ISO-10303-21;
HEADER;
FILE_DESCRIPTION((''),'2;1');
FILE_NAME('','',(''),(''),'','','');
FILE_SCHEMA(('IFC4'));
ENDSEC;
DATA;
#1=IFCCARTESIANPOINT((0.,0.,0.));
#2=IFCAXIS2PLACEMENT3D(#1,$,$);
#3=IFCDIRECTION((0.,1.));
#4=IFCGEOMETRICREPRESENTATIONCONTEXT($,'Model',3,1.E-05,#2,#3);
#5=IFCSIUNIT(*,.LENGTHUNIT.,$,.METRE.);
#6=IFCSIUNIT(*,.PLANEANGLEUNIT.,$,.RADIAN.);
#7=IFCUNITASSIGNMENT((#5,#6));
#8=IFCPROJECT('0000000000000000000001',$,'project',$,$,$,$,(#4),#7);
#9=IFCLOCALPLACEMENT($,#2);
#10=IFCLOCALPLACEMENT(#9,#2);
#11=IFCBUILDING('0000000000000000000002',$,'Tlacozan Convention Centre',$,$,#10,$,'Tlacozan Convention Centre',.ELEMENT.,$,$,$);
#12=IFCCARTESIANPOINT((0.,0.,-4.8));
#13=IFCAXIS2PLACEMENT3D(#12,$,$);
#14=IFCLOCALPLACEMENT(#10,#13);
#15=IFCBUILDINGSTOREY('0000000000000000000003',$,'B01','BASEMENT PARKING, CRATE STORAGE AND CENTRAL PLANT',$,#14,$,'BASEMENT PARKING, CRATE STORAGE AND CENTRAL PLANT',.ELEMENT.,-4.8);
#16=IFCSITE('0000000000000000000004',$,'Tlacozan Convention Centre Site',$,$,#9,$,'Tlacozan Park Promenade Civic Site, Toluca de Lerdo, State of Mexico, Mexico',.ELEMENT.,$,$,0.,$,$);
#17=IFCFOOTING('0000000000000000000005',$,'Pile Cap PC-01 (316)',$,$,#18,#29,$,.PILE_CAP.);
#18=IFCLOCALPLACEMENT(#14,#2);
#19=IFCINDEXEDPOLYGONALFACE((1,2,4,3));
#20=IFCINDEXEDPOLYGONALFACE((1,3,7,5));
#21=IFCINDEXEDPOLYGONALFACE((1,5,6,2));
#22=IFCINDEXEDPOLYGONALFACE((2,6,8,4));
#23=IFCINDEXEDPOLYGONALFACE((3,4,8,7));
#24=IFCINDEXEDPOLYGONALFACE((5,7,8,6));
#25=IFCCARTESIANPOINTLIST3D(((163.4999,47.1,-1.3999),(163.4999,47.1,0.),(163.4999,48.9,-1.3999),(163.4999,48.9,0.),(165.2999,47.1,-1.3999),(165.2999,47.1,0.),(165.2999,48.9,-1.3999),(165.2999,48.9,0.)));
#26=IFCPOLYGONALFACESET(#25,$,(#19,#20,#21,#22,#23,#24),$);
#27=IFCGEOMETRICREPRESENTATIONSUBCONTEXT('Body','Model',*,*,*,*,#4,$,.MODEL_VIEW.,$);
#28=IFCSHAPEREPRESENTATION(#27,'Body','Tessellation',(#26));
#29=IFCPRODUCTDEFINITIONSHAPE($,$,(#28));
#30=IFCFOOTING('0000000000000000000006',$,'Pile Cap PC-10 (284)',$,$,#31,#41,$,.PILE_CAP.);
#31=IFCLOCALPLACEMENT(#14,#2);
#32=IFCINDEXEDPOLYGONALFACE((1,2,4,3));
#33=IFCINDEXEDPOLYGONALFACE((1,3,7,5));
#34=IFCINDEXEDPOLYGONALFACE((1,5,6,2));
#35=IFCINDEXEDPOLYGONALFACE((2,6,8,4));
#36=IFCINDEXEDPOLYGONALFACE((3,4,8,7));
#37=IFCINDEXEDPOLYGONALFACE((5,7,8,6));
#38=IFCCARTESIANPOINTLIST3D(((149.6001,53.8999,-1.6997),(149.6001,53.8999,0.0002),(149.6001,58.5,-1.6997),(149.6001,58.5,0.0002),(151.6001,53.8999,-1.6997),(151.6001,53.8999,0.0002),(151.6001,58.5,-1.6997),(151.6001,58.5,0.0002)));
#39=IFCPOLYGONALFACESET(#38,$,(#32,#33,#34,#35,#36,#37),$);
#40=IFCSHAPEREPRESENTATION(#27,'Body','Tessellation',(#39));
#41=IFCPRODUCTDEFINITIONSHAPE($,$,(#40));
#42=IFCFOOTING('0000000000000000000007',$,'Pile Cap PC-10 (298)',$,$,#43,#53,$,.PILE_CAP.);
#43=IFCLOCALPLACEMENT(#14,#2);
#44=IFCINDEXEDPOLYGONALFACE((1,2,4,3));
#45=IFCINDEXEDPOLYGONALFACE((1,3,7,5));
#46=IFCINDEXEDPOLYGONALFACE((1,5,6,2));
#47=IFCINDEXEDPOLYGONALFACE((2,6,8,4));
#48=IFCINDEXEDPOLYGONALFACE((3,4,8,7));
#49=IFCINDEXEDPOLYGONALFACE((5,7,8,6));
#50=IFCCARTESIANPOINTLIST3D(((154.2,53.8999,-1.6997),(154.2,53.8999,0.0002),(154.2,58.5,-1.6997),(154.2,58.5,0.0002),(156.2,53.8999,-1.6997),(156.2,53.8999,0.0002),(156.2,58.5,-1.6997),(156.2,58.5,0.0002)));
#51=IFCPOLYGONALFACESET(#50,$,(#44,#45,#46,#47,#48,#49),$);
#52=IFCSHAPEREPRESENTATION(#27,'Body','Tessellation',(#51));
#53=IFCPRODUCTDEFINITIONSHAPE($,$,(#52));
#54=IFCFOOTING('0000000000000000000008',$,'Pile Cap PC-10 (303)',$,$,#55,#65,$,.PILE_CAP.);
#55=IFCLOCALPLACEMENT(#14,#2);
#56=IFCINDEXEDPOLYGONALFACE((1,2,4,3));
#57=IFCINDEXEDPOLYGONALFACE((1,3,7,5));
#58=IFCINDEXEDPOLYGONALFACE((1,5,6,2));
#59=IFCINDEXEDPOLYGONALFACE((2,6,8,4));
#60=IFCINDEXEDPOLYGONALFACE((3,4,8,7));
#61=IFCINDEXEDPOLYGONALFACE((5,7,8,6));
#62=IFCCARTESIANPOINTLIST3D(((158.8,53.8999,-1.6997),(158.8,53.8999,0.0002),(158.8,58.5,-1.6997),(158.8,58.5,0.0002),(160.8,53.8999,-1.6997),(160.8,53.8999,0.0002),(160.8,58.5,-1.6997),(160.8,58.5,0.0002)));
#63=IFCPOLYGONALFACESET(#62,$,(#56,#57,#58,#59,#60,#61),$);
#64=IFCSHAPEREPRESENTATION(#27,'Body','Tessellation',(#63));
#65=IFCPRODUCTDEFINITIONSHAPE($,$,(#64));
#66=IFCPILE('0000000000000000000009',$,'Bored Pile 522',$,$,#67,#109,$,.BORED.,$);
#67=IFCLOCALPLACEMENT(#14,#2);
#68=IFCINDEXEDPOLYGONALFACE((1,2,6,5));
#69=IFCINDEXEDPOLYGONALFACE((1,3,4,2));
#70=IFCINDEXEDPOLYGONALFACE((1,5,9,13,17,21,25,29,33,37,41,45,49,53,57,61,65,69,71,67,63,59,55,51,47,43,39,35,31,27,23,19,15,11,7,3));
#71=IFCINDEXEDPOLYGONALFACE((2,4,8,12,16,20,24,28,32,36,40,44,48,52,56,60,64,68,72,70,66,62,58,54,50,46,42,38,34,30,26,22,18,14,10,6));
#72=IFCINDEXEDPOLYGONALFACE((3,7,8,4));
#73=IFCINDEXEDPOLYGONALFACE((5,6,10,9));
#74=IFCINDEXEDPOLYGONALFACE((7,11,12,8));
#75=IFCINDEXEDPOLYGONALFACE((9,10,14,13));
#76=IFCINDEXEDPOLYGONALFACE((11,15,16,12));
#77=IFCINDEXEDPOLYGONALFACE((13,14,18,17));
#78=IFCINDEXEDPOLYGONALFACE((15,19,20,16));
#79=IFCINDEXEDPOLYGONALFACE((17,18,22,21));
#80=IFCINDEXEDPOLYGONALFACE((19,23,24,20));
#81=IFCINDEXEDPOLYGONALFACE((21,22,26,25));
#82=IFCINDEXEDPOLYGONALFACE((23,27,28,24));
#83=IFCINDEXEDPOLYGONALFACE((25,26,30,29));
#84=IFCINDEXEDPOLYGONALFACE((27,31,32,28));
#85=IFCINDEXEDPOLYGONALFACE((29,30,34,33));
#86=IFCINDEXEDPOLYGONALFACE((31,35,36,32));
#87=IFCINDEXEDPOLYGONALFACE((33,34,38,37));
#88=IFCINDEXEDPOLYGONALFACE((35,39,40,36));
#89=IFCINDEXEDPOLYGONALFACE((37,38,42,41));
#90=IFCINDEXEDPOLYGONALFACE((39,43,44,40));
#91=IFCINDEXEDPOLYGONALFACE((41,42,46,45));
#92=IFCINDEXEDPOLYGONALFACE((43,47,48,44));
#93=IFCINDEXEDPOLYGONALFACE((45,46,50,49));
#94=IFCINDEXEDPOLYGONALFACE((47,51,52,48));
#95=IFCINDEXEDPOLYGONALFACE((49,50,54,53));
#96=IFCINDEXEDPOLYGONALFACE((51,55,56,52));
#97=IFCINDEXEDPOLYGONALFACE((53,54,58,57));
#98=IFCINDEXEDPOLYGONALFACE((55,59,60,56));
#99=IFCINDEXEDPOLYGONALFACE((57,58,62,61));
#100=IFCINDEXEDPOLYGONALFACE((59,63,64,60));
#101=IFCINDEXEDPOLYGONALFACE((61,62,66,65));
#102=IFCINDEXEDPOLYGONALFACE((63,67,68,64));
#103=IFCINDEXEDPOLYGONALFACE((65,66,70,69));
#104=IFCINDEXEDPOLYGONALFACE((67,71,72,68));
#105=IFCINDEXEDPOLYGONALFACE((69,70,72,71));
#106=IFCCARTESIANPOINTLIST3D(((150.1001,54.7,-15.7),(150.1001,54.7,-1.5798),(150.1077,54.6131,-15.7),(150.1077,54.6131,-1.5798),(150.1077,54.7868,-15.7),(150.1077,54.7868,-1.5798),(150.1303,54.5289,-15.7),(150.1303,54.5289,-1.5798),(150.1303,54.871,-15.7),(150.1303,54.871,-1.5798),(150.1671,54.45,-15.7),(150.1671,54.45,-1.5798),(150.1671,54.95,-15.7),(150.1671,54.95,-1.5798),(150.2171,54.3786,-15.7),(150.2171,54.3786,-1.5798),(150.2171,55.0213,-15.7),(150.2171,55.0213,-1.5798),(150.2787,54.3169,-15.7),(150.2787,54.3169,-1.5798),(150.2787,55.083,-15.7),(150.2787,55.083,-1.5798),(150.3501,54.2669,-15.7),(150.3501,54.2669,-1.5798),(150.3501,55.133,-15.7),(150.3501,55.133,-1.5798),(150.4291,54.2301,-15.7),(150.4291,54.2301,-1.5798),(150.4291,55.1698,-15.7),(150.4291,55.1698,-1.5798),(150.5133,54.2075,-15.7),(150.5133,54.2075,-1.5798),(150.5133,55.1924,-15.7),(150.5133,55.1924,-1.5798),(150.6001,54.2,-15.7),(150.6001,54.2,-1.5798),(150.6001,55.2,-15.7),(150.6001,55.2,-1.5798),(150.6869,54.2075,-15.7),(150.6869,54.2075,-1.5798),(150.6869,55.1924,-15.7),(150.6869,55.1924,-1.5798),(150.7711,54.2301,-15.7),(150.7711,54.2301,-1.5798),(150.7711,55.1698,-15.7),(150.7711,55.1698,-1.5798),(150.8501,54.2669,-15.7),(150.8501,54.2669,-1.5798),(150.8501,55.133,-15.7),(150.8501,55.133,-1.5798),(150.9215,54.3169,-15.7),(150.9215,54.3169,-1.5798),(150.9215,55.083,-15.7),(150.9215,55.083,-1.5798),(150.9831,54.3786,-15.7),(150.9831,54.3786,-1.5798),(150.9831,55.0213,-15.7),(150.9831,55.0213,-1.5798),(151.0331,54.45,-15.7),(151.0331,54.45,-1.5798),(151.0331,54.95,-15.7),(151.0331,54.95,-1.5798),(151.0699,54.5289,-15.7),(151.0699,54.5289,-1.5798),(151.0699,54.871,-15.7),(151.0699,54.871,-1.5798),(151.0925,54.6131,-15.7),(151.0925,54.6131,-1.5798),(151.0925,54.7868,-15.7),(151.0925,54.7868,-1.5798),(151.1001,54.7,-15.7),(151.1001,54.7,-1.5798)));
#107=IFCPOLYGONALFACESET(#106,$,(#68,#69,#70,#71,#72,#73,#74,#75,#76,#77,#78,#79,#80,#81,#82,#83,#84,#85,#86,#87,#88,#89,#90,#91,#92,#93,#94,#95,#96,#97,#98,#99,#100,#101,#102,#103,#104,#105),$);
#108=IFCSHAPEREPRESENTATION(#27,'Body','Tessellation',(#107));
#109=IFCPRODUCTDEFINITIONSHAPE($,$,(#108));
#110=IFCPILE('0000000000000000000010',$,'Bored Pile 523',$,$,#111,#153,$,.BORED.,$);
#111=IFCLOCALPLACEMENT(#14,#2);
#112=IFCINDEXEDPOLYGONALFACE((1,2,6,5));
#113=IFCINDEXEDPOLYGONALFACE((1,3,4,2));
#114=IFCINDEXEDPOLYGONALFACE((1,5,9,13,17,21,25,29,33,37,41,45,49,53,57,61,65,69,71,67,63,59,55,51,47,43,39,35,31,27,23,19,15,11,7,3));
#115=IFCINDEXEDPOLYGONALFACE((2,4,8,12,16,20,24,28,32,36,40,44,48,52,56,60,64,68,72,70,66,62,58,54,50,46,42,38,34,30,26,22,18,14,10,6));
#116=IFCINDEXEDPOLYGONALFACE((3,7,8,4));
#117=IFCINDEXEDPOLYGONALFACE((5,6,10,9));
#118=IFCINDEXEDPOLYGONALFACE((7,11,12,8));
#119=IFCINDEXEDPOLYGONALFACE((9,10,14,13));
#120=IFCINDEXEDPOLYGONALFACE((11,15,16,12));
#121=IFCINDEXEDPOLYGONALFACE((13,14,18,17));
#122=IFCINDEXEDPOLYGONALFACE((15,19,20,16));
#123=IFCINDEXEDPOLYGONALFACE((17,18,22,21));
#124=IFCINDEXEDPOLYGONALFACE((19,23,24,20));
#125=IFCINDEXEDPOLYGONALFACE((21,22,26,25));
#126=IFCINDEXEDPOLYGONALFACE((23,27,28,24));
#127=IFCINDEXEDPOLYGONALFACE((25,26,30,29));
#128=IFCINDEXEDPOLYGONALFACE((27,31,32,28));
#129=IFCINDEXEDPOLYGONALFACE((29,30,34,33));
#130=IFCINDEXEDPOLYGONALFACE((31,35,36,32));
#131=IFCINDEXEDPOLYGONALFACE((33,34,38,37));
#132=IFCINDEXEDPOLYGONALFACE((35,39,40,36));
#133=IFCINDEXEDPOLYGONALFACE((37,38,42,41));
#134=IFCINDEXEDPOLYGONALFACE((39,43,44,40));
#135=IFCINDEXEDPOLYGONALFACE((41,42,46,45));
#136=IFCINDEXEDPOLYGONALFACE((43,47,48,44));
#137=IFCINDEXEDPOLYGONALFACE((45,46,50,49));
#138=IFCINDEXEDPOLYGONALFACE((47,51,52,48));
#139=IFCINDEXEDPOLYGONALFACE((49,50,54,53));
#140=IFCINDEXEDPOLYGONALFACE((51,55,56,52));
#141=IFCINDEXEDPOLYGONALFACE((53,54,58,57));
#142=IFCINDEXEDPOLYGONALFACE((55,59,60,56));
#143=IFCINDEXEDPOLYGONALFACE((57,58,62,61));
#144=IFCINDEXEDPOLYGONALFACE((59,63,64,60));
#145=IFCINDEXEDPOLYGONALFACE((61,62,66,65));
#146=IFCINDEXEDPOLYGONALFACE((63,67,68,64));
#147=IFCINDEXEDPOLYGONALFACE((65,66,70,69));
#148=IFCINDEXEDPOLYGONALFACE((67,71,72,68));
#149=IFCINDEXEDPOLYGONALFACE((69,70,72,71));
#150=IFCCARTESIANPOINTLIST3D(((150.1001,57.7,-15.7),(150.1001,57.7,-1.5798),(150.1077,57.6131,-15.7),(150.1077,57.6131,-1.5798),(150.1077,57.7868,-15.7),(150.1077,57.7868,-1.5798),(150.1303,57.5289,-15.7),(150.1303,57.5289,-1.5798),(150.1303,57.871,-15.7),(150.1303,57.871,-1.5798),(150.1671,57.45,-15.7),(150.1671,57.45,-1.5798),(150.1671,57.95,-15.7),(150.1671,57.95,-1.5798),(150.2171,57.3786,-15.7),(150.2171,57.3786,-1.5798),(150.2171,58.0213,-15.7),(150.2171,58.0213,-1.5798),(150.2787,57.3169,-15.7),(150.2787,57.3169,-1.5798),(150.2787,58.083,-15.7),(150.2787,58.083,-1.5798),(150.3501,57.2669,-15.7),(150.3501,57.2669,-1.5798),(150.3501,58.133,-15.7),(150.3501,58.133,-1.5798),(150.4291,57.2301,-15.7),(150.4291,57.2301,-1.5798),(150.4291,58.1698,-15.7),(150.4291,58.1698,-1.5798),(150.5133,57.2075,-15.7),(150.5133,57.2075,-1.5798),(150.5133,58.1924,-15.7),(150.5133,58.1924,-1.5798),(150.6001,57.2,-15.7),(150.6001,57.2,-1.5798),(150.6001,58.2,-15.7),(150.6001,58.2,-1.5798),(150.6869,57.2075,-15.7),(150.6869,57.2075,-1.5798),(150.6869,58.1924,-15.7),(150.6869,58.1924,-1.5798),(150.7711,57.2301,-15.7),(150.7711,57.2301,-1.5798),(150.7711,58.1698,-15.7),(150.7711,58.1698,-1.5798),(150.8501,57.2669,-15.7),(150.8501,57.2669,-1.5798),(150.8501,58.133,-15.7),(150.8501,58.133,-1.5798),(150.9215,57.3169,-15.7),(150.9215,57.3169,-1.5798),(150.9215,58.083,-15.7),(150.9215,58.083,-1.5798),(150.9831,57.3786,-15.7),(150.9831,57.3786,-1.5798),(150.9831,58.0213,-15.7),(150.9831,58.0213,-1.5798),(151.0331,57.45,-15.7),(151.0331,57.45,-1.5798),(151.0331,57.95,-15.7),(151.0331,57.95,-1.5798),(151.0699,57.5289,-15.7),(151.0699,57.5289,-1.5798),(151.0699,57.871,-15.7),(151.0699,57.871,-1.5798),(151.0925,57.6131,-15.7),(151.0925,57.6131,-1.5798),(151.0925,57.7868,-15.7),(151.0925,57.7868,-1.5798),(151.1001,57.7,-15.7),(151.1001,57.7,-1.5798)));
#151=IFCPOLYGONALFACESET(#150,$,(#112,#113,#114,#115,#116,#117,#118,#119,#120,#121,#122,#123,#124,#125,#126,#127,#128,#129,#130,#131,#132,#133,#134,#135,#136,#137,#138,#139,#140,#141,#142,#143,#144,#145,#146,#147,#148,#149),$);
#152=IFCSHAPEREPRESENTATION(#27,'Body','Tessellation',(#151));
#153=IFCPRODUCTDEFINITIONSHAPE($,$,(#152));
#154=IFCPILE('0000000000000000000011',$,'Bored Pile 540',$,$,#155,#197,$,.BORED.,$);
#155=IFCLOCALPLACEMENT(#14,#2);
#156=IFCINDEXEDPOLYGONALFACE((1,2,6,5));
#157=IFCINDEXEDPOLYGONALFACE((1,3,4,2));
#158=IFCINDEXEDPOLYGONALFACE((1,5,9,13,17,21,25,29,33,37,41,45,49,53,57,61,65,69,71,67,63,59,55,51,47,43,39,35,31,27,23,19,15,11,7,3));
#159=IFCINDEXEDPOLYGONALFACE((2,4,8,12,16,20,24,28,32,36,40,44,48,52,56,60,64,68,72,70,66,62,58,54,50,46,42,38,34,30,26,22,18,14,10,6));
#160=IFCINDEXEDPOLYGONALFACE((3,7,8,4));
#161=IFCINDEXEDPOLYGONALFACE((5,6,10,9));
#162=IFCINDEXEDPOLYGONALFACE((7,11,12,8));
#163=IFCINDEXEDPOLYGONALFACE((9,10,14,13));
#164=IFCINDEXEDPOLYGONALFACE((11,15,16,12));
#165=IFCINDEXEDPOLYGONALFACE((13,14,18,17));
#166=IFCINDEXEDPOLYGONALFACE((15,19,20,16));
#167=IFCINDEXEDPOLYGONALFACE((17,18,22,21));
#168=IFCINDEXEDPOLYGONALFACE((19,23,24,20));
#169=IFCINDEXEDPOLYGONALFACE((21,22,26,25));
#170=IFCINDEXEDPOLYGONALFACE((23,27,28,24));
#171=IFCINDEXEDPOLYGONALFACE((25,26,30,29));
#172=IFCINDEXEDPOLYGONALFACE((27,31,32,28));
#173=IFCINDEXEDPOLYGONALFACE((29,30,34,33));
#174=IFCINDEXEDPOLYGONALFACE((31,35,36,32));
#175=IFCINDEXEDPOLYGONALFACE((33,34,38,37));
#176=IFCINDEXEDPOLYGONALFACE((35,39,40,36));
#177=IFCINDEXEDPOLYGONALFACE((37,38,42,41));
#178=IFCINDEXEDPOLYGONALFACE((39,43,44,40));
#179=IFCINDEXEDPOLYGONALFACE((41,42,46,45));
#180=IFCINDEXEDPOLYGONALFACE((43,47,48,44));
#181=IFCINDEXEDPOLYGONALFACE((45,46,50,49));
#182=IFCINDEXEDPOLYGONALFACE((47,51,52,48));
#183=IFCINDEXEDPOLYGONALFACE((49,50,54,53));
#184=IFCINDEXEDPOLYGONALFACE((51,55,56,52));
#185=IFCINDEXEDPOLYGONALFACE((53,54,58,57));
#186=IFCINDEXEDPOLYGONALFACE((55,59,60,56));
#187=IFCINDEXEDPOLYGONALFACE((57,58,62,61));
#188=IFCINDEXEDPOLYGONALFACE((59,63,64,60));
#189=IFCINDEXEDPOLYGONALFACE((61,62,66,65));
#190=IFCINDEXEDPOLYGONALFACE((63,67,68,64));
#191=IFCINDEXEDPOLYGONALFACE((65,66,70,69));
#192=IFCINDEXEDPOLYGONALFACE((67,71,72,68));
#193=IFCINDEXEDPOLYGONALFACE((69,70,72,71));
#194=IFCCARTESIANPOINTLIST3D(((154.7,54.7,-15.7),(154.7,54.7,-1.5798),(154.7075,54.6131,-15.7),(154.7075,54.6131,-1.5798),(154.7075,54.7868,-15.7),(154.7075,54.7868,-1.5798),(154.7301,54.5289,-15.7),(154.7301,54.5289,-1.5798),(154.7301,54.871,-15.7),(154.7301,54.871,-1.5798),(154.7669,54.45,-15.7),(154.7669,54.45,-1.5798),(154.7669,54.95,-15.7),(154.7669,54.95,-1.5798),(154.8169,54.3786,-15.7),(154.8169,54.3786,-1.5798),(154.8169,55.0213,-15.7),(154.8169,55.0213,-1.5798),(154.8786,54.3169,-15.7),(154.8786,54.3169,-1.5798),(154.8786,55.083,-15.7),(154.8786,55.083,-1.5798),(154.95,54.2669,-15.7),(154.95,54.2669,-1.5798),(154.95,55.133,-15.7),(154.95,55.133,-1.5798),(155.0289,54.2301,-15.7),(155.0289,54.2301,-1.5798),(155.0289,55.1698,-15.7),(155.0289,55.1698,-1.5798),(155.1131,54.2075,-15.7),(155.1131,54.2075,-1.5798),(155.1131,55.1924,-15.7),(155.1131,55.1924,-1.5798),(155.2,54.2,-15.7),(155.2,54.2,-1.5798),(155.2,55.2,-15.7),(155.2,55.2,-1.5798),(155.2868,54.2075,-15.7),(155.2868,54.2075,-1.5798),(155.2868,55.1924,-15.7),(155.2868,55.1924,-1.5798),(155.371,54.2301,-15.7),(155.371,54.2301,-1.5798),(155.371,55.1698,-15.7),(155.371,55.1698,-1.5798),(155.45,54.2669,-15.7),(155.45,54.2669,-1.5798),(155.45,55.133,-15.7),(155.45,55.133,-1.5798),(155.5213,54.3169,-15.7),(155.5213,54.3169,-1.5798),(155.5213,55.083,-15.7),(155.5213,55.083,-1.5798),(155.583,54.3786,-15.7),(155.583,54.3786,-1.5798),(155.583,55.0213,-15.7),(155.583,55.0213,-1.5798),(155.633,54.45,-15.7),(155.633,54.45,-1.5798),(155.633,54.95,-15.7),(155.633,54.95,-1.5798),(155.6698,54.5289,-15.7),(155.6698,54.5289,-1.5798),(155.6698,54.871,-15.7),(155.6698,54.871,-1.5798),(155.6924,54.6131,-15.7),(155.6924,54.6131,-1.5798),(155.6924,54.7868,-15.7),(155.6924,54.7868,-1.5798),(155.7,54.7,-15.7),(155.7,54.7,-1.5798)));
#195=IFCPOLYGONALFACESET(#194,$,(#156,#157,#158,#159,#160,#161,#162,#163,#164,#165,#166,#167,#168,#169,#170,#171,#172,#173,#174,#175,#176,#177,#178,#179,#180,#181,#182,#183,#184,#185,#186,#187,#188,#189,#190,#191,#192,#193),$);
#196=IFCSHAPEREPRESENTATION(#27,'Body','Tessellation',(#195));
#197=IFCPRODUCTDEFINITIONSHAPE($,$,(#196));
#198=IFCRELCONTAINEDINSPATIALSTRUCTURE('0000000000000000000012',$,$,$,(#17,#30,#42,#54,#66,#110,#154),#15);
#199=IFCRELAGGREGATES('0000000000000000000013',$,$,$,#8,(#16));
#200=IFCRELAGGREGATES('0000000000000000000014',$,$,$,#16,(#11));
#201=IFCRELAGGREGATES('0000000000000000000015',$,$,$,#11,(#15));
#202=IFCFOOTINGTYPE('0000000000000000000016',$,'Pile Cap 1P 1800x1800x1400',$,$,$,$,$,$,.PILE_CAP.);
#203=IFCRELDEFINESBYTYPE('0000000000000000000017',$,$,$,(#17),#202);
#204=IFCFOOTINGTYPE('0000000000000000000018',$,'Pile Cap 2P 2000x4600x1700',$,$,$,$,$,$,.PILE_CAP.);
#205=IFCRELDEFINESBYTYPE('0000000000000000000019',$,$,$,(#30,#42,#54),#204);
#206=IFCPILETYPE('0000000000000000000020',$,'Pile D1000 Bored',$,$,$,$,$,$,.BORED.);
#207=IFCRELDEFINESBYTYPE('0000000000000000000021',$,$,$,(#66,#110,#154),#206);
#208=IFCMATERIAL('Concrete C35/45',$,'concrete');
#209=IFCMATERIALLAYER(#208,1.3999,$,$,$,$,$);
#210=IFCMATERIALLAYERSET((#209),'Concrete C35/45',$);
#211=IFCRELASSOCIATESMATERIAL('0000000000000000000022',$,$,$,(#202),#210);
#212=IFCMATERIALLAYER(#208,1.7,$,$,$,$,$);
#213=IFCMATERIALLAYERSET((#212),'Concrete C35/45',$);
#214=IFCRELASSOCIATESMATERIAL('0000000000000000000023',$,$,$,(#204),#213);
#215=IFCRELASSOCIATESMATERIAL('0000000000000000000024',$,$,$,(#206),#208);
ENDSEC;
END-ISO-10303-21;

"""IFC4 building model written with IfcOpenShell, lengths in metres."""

from ifc_helpers import new_model, si_unit, direction, frame, origin, origin_2d, place, context, subcontext, project, spatial, rectangle, circle, extrude, material, layer, layer_set, material_profile, profile_set, type_object, element, save


model = new_model("IFC4")

# Units and contexts
model_context = context("Model", 3, precision=1e-05, world=origin(), true_north=direction((0.0, 1.0)))
body_context = subcontext(model_context, "Body", "Model", "MODEL_VIEW")
ifc_project = project(units=[si_unit("LENGTHUNIT", "METRE"), si_unit("PLANEANGLEUNIT", "RADIAN")], contexts=[model_context])

# Site, building, storey
site_placement = place(None, origin())
site = spatial("IfcSite", under=ifc_project, at=site_placement, Name="Tlacozan Convention Centre Site", LongName="Tlacozan Park Promenade Civic Site, Toluca de Lerdo, State of Mexico, Mexico", CompositionType="ELEMENT", RefElevation=0.0)
building_placement = place(site_placement, origin())
building = spatial("IfcBuilding", under=site, at=building_placement, Name="Tlacozan Convention Centre", LongName="Tlacozan Convention Centre", CompositionType="ELEMENT")
storey_placement = place(building_placement, frame((0.0, 0.0, -4.8)))
storey = spatial("IfcBuildingStorey", under=building, at=storey_placement, Name="B01", Description="BASEMENT PARKING, CRATE STORAGE AND CENTRAL PLANT", LongName="BASEMENT PARKING, CRATE STORAGE AND CENTRAL PLANT", CompositionType="ELEMENT", Elevation=-4.8)

# Footings
ifc_material_1 = material(Name="Concrete C35/45", Category="concrete")
ifc_layer_1 = layer(ifc_material_1, 1.3999)
ifc_layer_set_1 = layer_set([ifc_layer_1], Name="Concrete C35/45")
footing_type_1 = type_object("IfcFootingType", Name="Pile Cap 1P 1800x1800x1400", PredefinedType="PILE_CAP", material=ifc_layer_set_1)
footing_placement = place(storey_placement, frame((164.3999, 48.0, -1.3999), z_axis=(0.0, 0.0, 1.0), x_axis=(1.0, 0.0, 0.0)))
element("IfcFooting", 1, at=footing_placement, inside=storey, type_object=footing_type_1, Name="Pile Cap PC-01 (316)", PredefinedType="PILE_CAP", context=body_context, shape_type="SweptSolid", body=[
    extrude(rectangle(XDim=1.8, YDim=1.8, at=origin_2d()), origin(), (0.0, 0.0, 1.0), 1.3999),
])
ifc_layer_2 = layer(ifc_material_1, 1.7)
ifc_layer_set_2 = layer_set([ifc_layer_2], Name="Concrete C35/45")
footing_type_2 = type_object("IfcFootingType", Name="Pile Cap 2P 2000x4600x1700", PredefinedType="PILE_CAP", material=ifc_layer_set_2)
for number, where, z_axis, x_axis, name in (
    (2, (150.6001, 56.2, -1.6997), (0.0, 0.0, 1.0), (1.0, 0.0, 0.0), "Pile Cap PC-10 (284)"),
    (3, (155.2, 56.2, -1.6997), (0.0, 0.0, 1.0), (1.0, 0.0, 0.0), "Pile Cap PC-10 (298)"),
    (4, (159.8, 56.2, -1.6997), (0.0, 0.0, 1.0), (1.0, 0.0, 0.0), "Pile Cap PC-10 (303)"),
):
    element("IfcFooting", number, at=place(storey_placement, frame(where, z_axis=z_axis, x_axis=x_axis)), inside=storey, type_object=footing_type_2, Name=name, PredefinedType="PILE_CAP", context=body_context, shape_type="SweptSolid", body=[
        extrude(rectangle(XDim=2.0, YDim=4.6001, at=origin_2d()), origin(), (0.0, 0.0, 1.0), 1.7),
    ])

# Piles
ifc_material_profile_1 = material_profile(ifc_material_1, circle(Radius=0.5, at=origin_2d()), Name="PILE D1000")
ifc_profile_set_1 = profile_set([ifc_material_profile_1], Name="Concrete C35/45")
pile_type_1 = type_object("IfcPileType", Name="Pile D1000 Bored", PredefinedType="BORED", material=ifc_profile_set_1)
for number, where, z_axis, x_axis, name in (
    (5, (150.6001, 54.7, -1.5798), (0.0, 0.0, -1.0), (1.0, 0.0, 0.0), "Bored Pile 522"),
    (6, (150.6001, 57.7, -1.5798), (0.0, 0.0, -1.0), (1.0, 0.0, 0.0), "Bored Pile 523"),
    (7, (155.2, 54.7, -1.5798), (0.0, 0.0, -1.0), (1.0, 0.0, 0.0), "Bored Pile 540"),
):
    element("IfcPile", number, at=place(storey_placement, frame(where, z_axis=z_axis, x_axis=x_axis)), inside=storey, type_object=pile_type_1, Name=name, PredefinedType="BORED", context=body_context, shape_type="SweptSolid", body=[
        extrude(circle(Radius=0.5, at=origin_2d()), origin(), (0.0, 0.0, 1.0), 14.1201),
    ])

save(model, "model.ifc")
